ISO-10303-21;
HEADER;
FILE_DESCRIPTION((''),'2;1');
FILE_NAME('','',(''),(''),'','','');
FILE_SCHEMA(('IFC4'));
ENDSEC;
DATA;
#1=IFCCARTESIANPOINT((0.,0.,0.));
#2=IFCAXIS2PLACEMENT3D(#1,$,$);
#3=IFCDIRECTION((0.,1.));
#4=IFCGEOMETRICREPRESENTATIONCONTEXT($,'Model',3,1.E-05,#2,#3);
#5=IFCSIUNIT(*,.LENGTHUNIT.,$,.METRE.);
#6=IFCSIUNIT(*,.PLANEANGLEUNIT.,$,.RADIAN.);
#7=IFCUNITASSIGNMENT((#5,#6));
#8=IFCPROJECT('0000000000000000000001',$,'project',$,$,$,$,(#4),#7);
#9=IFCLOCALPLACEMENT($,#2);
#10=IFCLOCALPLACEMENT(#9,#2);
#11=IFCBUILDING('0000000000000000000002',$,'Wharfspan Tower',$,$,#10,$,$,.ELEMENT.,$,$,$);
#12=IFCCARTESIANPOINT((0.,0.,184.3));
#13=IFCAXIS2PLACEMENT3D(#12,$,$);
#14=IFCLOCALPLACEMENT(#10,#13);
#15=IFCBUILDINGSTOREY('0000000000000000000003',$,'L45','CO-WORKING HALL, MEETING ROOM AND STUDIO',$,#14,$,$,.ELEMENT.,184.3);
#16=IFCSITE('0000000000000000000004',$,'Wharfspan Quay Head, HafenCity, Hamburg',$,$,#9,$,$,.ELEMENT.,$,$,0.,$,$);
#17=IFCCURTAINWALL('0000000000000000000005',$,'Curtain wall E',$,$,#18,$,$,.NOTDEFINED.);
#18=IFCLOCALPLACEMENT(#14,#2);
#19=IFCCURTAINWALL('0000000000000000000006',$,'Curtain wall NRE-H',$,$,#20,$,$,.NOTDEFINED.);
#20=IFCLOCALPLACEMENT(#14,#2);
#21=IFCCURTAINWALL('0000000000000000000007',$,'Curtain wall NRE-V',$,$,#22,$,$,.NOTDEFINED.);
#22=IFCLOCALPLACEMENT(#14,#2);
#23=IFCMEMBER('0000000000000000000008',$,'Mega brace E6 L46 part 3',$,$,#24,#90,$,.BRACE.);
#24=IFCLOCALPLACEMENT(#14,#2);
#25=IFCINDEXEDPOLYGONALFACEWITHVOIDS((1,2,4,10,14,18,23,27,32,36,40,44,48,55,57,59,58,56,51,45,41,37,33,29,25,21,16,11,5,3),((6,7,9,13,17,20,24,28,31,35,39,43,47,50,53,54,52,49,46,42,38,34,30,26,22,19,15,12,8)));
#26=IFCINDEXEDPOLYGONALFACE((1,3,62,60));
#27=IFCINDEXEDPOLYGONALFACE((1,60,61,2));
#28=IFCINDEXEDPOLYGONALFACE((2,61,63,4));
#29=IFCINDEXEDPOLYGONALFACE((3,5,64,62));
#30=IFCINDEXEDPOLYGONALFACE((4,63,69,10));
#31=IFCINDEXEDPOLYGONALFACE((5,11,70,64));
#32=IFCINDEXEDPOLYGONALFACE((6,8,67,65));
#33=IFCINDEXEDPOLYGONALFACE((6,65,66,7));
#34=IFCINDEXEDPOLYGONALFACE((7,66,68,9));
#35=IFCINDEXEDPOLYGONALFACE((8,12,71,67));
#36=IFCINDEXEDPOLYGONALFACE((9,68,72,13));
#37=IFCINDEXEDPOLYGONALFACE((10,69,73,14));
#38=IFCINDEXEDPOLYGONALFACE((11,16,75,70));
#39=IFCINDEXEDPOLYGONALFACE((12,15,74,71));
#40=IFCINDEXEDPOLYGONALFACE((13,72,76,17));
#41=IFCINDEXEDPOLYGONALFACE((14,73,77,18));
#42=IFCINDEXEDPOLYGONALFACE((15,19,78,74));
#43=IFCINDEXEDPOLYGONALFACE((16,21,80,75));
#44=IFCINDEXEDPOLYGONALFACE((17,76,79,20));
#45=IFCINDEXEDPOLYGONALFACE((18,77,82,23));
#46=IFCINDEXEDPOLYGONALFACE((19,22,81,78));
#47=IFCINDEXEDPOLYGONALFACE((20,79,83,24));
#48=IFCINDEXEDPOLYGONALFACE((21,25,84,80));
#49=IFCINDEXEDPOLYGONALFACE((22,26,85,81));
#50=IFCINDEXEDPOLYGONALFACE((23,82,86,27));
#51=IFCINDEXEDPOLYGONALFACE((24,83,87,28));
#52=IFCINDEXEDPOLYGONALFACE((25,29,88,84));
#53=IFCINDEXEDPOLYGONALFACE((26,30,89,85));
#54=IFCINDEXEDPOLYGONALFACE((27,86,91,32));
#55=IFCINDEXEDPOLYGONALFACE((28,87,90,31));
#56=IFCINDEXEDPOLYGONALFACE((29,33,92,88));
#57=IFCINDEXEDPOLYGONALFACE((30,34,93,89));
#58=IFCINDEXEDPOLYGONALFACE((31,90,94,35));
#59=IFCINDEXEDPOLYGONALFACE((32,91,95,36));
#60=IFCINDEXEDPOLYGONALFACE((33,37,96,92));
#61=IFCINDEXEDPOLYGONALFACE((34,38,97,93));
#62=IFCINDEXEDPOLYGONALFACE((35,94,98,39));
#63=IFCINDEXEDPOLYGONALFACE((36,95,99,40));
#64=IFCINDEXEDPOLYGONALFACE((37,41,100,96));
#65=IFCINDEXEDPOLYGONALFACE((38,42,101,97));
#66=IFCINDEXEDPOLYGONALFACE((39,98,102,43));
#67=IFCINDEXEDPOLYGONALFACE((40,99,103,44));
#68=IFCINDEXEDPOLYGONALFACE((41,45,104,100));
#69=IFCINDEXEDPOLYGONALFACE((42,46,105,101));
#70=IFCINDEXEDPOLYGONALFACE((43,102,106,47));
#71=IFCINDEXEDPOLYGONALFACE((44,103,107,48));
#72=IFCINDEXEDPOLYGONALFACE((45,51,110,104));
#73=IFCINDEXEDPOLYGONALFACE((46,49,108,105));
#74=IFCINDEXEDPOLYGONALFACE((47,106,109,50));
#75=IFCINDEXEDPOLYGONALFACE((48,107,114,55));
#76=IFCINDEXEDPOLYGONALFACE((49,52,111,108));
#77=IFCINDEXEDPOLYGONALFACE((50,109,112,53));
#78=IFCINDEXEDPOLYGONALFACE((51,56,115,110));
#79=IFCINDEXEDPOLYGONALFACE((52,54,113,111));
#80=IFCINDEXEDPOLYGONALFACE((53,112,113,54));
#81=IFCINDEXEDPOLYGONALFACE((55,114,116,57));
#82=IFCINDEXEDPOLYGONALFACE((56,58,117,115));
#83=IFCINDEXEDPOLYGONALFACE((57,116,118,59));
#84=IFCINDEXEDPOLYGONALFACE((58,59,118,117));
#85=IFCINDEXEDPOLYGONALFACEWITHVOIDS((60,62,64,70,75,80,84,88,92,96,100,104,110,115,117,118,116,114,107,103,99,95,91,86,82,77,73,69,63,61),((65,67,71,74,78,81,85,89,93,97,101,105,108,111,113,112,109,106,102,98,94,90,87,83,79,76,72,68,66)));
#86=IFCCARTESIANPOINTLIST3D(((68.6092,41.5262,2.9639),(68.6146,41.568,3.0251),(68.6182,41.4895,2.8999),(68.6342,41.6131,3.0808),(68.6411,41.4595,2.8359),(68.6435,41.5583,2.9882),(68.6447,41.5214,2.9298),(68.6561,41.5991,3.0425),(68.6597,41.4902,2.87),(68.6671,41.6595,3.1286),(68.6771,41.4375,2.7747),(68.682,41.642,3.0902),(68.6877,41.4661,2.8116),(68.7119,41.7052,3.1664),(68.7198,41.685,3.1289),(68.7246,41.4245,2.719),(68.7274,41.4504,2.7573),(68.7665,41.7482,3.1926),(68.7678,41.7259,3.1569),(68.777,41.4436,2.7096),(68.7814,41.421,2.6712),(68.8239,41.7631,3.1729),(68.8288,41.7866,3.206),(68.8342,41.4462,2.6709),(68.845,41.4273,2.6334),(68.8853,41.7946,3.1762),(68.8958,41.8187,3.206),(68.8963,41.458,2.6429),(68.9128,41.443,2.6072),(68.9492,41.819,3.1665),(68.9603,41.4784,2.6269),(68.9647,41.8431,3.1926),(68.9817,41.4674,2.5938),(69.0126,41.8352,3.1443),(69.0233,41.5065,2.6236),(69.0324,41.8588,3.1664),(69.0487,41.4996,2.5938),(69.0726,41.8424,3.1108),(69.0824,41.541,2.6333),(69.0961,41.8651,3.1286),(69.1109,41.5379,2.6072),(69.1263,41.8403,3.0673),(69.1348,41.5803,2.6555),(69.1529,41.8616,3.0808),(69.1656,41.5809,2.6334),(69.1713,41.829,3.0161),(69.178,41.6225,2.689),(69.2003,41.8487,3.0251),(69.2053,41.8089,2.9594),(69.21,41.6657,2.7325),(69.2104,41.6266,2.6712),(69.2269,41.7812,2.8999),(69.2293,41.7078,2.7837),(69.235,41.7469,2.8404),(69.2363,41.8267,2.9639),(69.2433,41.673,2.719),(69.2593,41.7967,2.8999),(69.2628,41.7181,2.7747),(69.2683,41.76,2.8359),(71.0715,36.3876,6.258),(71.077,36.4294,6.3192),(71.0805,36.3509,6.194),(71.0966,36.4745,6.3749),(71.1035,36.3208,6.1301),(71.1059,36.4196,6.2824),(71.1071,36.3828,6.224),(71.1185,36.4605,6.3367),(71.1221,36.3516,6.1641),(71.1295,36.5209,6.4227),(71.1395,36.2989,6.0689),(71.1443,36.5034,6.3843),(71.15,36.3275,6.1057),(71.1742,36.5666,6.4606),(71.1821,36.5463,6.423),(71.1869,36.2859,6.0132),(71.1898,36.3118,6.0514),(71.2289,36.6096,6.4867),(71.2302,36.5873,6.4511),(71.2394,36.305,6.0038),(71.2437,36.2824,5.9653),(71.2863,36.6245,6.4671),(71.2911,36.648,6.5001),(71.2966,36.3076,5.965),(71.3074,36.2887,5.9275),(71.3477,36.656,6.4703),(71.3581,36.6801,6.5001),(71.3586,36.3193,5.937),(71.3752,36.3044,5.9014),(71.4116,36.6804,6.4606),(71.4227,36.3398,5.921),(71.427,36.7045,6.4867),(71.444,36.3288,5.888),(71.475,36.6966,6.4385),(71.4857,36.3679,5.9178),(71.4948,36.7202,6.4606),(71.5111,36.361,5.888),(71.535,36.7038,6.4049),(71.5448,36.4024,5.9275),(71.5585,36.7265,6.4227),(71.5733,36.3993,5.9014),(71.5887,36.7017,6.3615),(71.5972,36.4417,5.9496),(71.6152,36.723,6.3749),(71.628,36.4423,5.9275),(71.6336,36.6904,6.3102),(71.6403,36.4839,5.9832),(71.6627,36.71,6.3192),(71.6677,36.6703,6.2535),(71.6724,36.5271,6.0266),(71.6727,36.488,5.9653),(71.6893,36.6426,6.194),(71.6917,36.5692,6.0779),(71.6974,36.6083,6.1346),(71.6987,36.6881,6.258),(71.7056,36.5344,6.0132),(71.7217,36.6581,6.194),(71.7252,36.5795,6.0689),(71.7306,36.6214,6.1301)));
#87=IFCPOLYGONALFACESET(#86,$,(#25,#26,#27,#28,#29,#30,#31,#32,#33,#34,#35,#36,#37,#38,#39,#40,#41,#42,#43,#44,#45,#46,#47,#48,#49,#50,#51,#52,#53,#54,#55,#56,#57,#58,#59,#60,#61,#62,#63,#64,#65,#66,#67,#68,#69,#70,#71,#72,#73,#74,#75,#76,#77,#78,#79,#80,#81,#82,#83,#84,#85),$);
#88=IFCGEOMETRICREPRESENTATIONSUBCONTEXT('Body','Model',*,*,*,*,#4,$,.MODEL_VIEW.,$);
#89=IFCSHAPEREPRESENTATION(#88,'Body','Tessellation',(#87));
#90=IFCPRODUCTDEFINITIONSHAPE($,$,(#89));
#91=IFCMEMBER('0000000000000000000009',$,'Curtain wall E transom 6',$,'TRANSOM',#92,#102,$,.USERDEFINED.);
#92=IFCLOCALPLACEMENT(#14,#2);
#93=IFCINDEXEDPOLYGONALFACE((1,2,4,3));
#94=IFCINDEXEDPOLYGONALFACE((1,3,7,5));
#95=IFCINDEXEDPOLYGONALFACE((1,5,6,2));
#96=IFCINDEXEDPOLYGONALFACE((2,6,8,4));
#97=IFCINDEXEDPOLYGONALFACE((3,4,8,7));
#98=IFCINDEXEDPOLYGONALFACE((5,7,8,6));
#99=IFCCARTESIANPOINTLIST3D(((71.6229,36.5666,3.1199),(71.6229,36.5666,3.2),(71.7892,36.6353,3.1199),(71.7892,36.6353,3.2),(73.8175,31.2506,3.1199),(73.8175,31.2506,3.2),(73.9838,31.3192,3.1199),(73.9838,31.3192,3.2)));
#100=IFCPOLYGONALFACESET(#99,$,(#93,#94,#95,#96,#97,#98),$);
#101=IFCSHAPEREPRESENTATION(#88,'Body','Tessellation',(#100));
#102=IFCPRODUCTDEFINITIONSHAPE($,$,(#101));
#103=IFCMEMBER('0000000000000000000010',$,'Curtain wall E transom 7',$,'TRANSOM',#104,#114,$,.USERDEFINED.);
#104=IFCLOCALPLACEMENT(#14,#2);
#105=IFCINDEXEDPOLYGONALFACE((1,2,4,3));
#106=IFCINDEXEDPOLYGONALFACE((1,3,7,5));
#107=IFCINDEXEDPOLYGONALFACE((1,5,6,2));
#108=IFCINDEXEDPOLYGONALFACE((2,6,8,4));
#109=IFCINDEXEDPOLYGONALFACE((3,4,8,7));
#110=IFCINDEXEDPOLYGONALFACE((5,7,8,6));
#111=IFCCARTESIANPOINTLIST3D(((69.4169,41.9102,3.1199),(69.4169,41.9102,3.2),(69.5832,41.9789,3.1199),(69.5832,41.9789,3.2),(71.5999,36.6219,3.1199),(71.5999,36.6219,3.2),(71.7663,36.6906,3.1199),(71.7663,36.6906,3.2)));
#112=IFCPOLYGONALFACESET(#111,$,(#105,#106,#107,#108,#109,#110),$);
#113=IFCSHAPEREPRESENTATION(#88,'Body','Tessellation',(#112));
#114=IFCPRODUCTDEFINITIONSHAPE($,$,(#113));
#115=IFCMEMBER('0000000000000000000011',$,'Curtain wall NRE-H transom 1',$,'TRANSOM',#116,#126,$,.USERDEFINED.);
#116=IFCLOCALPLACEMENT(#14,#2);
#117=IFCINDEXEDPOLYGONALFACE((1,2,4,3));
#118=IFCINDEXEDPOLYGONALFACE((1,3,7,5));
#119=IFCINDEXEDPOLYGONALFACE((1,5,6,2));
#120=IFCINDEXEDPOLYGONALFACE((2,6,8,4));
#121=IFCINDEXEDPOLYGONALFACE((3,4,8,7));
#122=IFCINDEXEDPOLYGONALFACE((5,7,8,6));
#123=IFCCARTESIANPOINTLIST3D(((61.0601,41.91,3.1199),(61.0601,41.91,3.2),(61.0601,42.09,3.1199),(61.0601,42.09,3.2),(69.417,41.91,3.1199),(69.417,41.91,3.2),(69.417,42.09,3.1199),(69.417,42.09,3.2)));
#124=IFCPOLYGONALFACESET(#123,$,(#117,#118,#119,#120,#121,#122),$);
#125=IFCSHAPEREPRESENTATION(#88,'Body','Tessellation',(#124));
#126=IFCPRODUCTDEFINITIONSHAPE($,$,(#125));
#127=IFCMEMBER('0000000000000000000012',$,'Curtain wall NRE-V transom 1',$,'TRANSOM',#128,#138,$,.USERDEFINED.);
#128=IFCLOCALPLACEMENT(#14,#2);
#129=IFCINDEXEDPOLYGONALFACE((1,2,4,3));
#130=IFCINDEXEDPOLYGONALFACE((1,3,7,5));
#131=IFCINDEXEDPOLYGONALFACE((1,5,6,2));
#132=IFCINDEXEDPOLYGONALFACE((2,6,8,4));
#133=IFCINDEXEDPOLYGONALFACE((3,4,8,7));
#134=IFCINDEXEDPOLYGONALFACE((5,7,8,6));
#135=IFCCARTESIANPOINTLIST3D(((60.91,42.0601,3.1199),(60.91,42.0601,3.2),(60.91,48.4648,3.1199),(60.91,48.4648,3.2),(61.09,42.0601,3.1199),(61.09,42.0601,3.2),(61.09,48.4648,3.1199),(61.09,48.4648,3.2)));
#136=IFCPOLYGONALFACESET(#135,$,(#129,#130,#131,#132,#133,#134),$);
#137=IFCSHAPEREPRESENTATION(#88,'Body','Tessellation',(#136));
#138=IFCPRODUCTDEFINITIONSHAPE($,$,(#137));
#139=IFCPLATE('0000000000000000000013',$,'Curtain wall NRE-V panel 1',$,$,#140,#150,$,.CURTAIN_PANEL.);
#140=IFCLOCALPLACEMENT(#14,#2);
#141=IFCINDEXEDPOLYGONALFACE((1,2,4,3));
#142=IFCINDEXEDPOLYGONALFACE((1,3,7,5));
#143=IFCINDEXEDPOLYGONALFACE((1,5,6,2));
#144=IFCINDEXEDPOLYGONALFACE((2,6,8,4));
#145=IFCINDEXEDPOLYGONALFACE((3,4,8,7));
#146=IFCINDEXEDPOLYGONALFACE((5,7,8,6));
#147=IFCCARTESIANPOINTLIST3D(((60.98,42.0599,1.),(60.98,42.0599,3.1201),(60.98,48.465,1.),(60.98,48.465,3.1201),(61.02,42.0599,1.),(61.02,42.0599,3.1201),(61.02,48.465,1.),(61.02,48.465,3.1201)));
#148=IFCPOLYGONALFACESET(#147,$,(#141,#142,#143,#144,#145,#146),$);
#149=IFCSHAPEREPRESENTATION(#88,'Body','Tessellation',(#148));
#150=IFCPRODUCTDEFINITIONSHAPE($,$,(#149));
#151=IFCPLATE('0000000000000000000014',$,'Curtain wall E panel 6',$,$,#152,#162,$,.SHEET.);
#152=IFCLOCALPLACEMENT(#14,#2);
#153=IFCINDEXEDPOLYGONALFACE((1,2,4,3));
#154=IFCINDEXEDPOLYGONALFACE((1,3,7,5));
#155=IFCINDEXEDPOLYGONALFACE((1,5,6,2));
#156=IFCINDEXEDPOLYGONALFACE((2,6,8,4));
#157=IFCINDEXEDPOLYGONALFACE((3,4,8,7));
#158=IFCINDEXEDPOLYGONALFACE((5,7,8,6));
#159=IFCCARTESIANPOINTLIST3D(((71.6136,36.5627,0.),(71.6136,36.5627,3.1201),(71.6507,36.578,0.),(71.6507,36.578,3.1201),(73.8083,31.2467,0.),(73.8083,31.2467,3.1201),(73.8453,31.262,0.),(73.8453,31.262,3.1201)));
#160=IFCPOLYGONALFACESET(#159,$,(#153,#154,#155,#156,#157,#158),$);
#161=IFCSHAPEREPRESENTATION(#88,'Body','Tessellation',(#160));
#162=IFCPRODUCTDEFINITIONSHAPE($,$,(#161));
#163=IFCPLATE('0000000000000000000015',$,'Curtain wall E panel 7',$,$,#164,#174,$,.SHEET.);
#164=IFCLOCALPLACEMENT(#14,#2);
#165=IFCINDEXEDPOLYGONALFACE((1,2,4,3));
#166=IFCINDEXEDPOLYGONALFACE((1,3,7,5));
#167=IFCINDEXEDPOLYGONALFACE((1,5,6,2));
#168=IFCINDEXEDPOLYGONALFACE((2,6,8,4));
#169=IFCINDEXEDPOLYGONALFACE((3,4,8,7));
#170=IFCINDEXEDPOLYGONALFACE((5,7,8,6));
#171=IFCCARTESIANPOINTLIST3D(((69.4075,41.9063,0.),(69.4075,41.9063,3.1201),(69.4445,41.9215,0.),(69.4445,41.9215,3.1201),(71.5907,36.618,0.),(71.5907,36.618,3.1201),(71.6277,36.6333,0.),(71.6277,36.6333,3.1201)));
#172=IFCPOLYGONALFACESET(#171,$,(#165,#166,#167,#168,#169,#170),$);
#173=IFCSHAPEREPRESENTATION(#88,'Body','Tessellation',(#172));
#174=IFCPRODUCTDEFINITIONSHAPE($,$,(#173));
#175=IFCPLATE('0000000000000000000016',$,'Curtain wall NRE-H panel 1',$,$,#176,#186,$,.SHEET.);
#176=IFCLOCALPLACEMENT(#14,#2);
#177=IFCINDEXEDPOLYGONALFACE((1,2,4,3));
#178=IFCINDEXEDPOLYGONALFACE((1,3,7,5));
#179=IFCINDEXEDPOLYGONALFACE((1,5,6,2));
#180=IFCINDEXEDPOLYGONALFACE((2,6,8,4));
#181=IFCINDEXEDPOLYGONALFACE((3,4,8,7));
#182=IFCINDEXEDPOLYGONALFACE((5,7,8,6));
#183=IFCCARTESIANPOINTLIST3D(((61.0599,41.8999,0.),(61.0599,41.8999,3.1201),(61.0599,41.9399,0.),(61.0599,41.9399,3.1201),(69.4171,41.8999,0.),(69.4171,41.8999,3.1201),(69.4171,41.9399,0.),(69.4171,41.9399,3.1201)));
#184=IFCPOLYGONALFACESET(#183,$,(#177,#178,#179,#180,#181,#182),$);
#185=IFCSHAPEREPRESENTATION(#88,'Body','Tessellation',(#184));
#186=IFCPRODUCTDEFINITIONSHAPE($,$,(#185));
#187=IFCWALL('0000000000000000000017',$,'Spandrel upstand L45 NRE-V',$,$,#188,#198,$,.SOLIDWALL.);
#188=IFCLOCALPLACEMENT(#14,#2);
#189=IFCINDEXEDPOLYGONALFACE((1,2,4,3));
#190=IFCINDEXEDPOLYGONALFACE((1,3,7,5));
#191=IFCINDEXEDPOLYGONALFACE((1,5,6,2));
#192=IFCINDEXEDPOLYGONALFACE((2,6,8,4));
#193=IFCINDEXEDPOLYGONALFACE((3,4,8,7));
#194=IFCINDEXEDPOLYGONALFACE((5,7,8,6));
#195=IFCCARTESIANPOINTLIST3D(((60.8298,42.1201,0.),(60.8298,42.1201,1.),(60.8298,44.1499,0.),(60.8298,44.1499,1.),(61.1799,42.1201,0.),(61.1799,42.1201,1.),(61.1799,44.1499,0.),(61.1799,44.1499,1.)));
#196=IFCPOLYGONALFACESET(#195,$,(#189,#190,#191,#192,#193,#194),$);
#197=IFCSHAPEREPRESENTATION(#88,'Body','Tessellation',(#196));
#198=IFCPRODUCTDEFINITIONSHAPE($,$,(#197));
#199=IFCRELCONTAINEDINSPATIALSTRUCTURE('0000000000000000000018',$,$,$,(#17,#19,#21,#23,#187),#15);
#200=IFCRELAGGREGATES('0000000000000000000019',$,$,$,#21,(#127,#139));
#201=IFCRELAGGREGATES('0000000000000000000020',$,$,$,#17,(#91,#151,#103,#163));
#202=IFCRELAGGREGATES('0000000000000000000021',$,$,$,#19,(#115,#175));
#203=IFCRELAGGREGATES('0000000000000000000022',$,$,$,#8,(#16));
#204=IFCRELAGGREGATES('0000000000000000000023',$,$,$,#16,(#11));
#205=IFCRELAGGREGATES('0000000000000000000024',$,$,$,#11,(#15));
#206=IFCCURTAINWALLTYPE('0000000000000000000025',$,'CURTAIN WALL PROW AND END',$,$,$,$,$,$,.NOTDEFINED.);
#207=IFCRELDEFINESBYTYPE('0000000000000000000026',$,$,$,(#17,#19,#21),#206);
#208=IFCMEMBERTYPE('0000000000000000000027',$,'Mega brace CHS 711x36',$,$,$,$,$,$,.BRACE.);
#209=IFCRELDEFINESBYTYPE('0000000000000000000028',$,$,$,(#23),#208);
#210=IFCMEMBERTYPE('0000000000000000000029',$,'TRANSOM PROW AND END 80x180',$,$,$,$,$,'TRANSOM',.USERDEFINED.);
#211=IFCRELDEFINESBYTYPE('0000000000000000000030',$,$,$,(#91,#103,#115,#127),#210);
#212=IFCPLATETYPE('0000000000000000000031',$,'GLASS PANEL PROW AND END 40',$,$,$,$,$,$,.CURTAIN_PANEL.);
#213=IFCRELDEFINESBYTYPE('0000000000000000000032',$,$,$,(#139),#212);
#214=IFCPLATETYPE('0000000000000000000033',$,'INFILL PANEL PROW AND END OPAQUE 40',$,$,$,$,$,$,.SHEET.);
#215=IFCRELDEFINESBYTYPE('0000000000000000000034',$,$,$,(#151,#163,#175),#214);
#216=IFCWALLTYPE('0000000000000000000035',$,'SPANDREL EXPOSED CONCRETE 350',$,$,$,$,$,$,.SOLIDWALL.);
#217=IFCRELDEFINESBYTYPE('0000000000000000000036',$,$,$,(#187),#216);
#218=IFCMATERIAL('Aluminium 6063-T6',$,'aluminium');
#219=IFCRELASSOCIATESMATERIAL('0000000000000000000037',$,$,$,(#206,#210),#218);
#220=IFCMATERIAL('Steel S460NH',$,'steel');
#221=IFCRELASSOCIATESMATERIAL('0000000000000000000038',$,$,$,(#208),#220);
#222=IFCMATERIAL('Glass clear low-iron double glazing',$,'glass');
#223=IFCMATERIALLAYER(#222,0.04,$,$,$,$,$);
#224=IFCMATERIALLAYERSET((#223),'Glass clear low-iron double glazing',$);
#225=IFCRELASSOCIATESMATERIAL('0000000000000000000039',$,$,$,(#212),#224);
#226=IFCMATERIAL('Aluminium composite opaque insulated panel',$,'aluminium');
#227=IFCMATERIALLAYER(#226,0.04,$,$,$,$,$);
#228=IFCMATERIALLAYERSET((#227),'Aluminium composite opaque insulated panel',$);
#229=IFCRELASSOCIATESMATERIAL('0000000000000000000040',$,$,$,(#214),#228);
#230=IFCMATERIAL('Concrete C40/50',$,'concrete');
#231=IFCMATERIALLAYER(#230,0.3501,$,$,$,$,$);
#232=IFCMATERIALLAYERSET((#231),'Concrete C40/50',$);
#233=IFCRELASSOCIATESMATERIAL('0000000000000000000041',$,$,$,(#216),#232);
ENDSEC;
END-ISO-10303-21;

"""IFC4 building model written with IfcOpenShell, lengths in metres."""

from ifc_helpers import new_model, si_unit, direction, frame, frame_2d, origin, origin_2d, place, context, subcontext, project, spatial, rectangle, hollow_circle, extrude, material, layer, layer_set, material_profile, profile_set, type_object, element, aggregate, save


model = new_model("IFC4")

# Units and contexts
model_context = context("Model", 3, precision=1e-05, world=origin(), true_north=direction((0.0, 1.0)))
body_context = subcontext(model_context, "Body", "Model", "MODEL_VIEW")
ifc_project = project(units=[si_unit("LENGTHUNIT", "METRE"), si_unit("PLANEANGLEUNIT", "RADIAN")], contexts=[model_context])

# Site, building, storey
site_placement = place(None, origin())
site = spatial("IfcSite", under=ifc_project, at=site_placement, Name="Wharfspan Quay Head, HafenCity, Hamburg", CompositionType="ELEMENT", RefElevation=0.0)
building_placement = place(site_placement, origin())
building = spatial("IfcBuilding", under=site, at=building_placement, Name="Wharfspan Tower", CompositionType="ELEMENT")
storey_placement = place(building_placement, frame((0.0, 0.0, 184.3)))
storey = spatial("IfcBuildingStorey", under=building, at=storey_placement, Name="L45", Description="CO-WORKING HALL, MEETING ROOM AND STUDIO", CompositionType="ELEMENT", Elevation=184.3)

# Curtain walls
ifc_material_1 = material(Name="Aluminium 6063-T6", Category="aluminium")
curtain_wall_type = type_object("IfcCurtainWallType", Name="CURTAIN WALL PROW AND END", PredefinedType="NOTDEFINED", material=ifc_material_1)
curtain_wall_1_placement = place(storey_placement, origin())
curtain_wall_1 = element("IfcCurtainWall", 1, at=curtain_wall_1_placement, inside=storey, type_object=curtain_wall_type, Name="Curtain wall E", PredefinedType="NOTDEFINED")
curtain_wall_2_placement = place(storey_placement, origin())
curtain_wall_2 = element("IfcCurtainWall", 2, at=curtain_wall_2_placement, inside=storey, type_object=curtain_wall_type, Name="Curtain wall NRE-H", PredefinedType="NOTDEFINED")
curtain_wall_3_placement = place(storey_placement, origin())
curtain_wall_3 = element("IfcCurtainWall", 3, at=curtain_wall_3_placement, inside=storey, type_object=curtain_wall_type, Name="Curtain wall NRE-V", PredefinedType="NOTDEFINED")

# Members
ifc_material_2 = material(Name="Steel S460NH", Category="steel")
ifc_material_profile_1 = material_profile(ifc_material_2, hollow_circle(Radius=0.3555, WallThickness=0.0359, at=origin_2d()))
ifc_profile_set_1 = profile_set([ifc_material_profile_1], Name="Steel S460NH")
member_type_1 = type_object("IfcMemberType", Name="Mega brace CHS 711x36", PredefinedType="BRACE", material=ifc_profile_set_1)
member_1_placement = place(storey_placement, frame((68.9387, 41.6431, 2.8999), z_axis=(0.374119, -0.780731, 0.500494), x_axis=(0.90181, 0.432137, -0.000003)))
element("IfcMember", 4, at=member_1_placement, inside=storey, type_object=member_type_1, Name="Mega brace E6 L46 part 3", PredefinedType="BRACE", context=body_context, shape_type="SweptSolid", body=[
    extrude(hollow_circle(Radius=0.3555, WallThickness=0.0359, at=origin_2d()), origin(), (0.0, 0.0, 1.0), 6.5818),
])
ifc_material_profile_2 = material_profile(ifc_material_1, rectangle(XDim=0.1799, YDim=0.0801, at=origin_2d()))
ifc_profile_set_2 = profile_set([ifc_material_profile_2], Name="Aluminium 6063-T6")
member_type_2 = type_object("IfcMemberType", Name="TRANSOM PROW AND END 80x180", ElementType="TRANSOM", PredefinedType="USERDEFINED", material=ifc_profile_set_2)
member_2_placement = place(storey_placement, frame((73.9006, 31.2849, 3.1599), z_axis=(-0.381593, 0.92433, 0.0), x_axis=(-0.92433, -0.381593, 0.0)))
member_2 = element("IfcMember", 5, at=member_2_placement, type_object=member_type_2, Name="Curtain wall E transom 6", ObjectType="TRANSOM", PredefinedType="USERDEFINED", context=body_context, shape_type="SweptSolid", body=[
    extrude(rectangle(XDim=0.1799, YDim=0.0801, at=origin_2d()), origin(), (0.0, 0.0, 1.0), 5.7512),
])
member_3_placement = place(storey_placement, frame((71.6831, 36.6562, 3.1599), z_axis=(-0.38158, 0.924336, 0.0), x_axis=(-0.924336, -0.38158, 0.0)))
member_3 = element("IfcMember", 6, at=member_3_placement, type_object=member_type_2, Name="Curtain wall E transom 7", ObjectType="TRANSOM", PredefinedType="USERDEFINED", context=body_context, shape_type="SweptSolid", body=[
    extrude(rectangle(XDim=0.1799, YDim=0.0801, at=origin_2d()), origin(), (0.0, 0.0, 1.0), 5.7212),
])
member_4_placement = place(storey_placement, frame((69.417, 42.0, 3.1599), z_axis=(-1.0, 0.0, 0.0), x_axis=(0.0, -1.0, 0.0)))
member_4 = element("IfcMember", 7, at=member_4_placement, type_object=member_type_2, Name="Curtain wall NRE-H transom 1", ObjectType="TRANSOM", PredefinedType="USERDEFINED", context=body_context, shape_type="SweptSolid", body=[
    extrude(rectangle(XDim=0.1799, YDim=0.0801, at=origin_2d()), origin(), (0.0, 0.0, 1.0), 8.3569),
])
member_5_placement = place(storey_placement, frame((61.0, 42.0601, 3.1599), z_axis=(0.0, 1.0, 0.0), x_axis=(-1.0, 0.0, 0.0)))
member_5 = element("IfcMember", 8, at=member_5_placement, type_object=member_type_2, Name="Curtain wall NRE-V transom 1", ObjectType="TRANSOM", PredefinedType="USERDEFINED", context=body_context, shape_type="SweptSolid", body=[
    extrude(rectangle(XDim=0.1799, YDim=0.0801, at=origin_2d()), origin(), (0.0, 0.0, 1.0), 6.4048),
])

# Plates
ifc_material_3 = material(Name="Glass clear low-iron double glazing", Category="glass")
ifc_layer_1 = layer(ifc_material_3, 0.04)
ifc_layer_set_1 = layer_set([ifc_layer_1], Name="Glass clear low-iron double glazing")
plate_type_1 = type_object("IfcPlateType", Name="GLASS PANEL PROW AND END 40", PredefinedType="CURTAIN_PANEL", material=ifc_layer_set_1)
plate_1_placement = place(storey_placement, frame((61.0, 45.2625, 1.0), z_axis=(0.0, 0.0, 1.0), x_axis=(0.0, 1.0, 0.0)))
plate_1 = element("IfcPlate", 9, at=plate_1_placement, type_object=plate_type_1, Name="Curtain wall NRE-V panel 1", PredefinedType="CURTAIN_PANEL", context=body_context, shape_type="SweptSolid", body=[
    extrude(rectangle(XDim=6.405, YDim=0.04, at=origin_2d()), origin(), (0.0, 0.0, 1.0), 2.1201),
])
aggregate(curtain_wall_3, [member_5, plate_1])
ifc_material_4 = material(Name="Aluminium composite opaque insulated panel", Category="aluminium")
ifc_layer_2 = layer(ifc_material_4, 0.04)
ifc_layer_set_2 = layer_set([ifc_layer_2], Name="Aluminium composite opaque insulated panel")
plate_type_2 = type_object("IfcPlateType", Name="INFILL PANEL PROW AND END OPAQUE 40", PredefinedType="SHEET", material=ifc_layer_set_2)
plate_2_placement = place(storey_placement, frame((72.7295, 33.9124, 0.0), z_axis=(0.0, 0.0, 1.0), x_axis=(-0.381602, 0.924325, 0.0)))
plate_2 = element("IfcPlate", 10, at=plate_2_placement, type_object=plate_type_2, Name="Curtain wall E panel 6", PredefinedType="SHEET", context=body_context, shape_type="SweptSolid", body=[
    extrude(rectangle(XDim=5.7512, YDim=0.04, at=origin_2d()), origin(), (0.0, 0.0, 1.0), 3.1201),
])
plate_3_placement = place(storey_placement, frame((70.5176, 39.2698, 0.0), z_axis=(0.0, 0.0, 1.0), x_axis=(-0.381602, 0.924325, 0.0)))
plate_3 = element("IfcPlate", 11, at=plate_3_placement, type_object=plate_type_2, Name="Curtain wall E panel 7", PredefinedType="SHEET", context=body_context, shape_type="SweptSolid", body=[
    extrude(rectangle(XDim=5.7212, YDim=0.04, at=origin_2d()), origin(), (0.0, 0.0, 1.0), 3.1201),
])
aggregate(curtain_wall_1, [member_2, plate_2, member_3, plate_3])
plate_4_placement = place(storey_placement, frame((65.2385, 41.9199, 0.0), z_axis=(0.0, 0.0, 1.0), x_axis=(-1.0, 0.0, 0.0)))
plate_4 = element("IfcPlate", 12, at=plate_4_placement, type_object=plate_type_2, Name="Curtain wall NRE-H panel 1", PredefinedType="SHEET", context=body_context, shape_type="SweptSolid", body=[
    extrude(rectangle(XDim=8.3572, YDim=0.04, at=origin_2d()), origin(), (0.0, 0.0, 1.0), 3.1201),
])
aggregate(curtain_wall_2, [member_4, plate_4])

# Wall
ifc_material_5 = material(Name="Concrete C40/50", Category="concrete")
ifc_layer_3 = layer(ifc_material_5, 0.3501)
ifc_layer_set_3 = layer_set([ifc_layer_3], Name="Concrete C40/50")
wall_type_1 = type_object("IfcWallType", Name="SPANDREL EXPOSED CONCRETE 350", PredefinedType="SOLIDWALL", material=ifc_layer_set_3)
wall_1_placement = place(storey_placement, frame((61.0049, 42.1201, 0.0), z_axis=(0.0, 0.0, 1.0), x_axis=(0.0, 1.0, 0.0)))
element("IfcWall", 13, at=wall_1_placement, inside=storey, type_object=wall_type_1, Name="Spandrel upstand L45 NRE-V", PredefinedType="SOLIDWALL", context=body_context, shape_type="SweptSolid", body=[
    extrude(rectangle(XDim=2.0298, YDim=0.3501, at=frame_2d((1.0149, 0.0))), origin(), (0.0, 0.0, 1.0), 1.0),
])

save(model, "model.ifc")
